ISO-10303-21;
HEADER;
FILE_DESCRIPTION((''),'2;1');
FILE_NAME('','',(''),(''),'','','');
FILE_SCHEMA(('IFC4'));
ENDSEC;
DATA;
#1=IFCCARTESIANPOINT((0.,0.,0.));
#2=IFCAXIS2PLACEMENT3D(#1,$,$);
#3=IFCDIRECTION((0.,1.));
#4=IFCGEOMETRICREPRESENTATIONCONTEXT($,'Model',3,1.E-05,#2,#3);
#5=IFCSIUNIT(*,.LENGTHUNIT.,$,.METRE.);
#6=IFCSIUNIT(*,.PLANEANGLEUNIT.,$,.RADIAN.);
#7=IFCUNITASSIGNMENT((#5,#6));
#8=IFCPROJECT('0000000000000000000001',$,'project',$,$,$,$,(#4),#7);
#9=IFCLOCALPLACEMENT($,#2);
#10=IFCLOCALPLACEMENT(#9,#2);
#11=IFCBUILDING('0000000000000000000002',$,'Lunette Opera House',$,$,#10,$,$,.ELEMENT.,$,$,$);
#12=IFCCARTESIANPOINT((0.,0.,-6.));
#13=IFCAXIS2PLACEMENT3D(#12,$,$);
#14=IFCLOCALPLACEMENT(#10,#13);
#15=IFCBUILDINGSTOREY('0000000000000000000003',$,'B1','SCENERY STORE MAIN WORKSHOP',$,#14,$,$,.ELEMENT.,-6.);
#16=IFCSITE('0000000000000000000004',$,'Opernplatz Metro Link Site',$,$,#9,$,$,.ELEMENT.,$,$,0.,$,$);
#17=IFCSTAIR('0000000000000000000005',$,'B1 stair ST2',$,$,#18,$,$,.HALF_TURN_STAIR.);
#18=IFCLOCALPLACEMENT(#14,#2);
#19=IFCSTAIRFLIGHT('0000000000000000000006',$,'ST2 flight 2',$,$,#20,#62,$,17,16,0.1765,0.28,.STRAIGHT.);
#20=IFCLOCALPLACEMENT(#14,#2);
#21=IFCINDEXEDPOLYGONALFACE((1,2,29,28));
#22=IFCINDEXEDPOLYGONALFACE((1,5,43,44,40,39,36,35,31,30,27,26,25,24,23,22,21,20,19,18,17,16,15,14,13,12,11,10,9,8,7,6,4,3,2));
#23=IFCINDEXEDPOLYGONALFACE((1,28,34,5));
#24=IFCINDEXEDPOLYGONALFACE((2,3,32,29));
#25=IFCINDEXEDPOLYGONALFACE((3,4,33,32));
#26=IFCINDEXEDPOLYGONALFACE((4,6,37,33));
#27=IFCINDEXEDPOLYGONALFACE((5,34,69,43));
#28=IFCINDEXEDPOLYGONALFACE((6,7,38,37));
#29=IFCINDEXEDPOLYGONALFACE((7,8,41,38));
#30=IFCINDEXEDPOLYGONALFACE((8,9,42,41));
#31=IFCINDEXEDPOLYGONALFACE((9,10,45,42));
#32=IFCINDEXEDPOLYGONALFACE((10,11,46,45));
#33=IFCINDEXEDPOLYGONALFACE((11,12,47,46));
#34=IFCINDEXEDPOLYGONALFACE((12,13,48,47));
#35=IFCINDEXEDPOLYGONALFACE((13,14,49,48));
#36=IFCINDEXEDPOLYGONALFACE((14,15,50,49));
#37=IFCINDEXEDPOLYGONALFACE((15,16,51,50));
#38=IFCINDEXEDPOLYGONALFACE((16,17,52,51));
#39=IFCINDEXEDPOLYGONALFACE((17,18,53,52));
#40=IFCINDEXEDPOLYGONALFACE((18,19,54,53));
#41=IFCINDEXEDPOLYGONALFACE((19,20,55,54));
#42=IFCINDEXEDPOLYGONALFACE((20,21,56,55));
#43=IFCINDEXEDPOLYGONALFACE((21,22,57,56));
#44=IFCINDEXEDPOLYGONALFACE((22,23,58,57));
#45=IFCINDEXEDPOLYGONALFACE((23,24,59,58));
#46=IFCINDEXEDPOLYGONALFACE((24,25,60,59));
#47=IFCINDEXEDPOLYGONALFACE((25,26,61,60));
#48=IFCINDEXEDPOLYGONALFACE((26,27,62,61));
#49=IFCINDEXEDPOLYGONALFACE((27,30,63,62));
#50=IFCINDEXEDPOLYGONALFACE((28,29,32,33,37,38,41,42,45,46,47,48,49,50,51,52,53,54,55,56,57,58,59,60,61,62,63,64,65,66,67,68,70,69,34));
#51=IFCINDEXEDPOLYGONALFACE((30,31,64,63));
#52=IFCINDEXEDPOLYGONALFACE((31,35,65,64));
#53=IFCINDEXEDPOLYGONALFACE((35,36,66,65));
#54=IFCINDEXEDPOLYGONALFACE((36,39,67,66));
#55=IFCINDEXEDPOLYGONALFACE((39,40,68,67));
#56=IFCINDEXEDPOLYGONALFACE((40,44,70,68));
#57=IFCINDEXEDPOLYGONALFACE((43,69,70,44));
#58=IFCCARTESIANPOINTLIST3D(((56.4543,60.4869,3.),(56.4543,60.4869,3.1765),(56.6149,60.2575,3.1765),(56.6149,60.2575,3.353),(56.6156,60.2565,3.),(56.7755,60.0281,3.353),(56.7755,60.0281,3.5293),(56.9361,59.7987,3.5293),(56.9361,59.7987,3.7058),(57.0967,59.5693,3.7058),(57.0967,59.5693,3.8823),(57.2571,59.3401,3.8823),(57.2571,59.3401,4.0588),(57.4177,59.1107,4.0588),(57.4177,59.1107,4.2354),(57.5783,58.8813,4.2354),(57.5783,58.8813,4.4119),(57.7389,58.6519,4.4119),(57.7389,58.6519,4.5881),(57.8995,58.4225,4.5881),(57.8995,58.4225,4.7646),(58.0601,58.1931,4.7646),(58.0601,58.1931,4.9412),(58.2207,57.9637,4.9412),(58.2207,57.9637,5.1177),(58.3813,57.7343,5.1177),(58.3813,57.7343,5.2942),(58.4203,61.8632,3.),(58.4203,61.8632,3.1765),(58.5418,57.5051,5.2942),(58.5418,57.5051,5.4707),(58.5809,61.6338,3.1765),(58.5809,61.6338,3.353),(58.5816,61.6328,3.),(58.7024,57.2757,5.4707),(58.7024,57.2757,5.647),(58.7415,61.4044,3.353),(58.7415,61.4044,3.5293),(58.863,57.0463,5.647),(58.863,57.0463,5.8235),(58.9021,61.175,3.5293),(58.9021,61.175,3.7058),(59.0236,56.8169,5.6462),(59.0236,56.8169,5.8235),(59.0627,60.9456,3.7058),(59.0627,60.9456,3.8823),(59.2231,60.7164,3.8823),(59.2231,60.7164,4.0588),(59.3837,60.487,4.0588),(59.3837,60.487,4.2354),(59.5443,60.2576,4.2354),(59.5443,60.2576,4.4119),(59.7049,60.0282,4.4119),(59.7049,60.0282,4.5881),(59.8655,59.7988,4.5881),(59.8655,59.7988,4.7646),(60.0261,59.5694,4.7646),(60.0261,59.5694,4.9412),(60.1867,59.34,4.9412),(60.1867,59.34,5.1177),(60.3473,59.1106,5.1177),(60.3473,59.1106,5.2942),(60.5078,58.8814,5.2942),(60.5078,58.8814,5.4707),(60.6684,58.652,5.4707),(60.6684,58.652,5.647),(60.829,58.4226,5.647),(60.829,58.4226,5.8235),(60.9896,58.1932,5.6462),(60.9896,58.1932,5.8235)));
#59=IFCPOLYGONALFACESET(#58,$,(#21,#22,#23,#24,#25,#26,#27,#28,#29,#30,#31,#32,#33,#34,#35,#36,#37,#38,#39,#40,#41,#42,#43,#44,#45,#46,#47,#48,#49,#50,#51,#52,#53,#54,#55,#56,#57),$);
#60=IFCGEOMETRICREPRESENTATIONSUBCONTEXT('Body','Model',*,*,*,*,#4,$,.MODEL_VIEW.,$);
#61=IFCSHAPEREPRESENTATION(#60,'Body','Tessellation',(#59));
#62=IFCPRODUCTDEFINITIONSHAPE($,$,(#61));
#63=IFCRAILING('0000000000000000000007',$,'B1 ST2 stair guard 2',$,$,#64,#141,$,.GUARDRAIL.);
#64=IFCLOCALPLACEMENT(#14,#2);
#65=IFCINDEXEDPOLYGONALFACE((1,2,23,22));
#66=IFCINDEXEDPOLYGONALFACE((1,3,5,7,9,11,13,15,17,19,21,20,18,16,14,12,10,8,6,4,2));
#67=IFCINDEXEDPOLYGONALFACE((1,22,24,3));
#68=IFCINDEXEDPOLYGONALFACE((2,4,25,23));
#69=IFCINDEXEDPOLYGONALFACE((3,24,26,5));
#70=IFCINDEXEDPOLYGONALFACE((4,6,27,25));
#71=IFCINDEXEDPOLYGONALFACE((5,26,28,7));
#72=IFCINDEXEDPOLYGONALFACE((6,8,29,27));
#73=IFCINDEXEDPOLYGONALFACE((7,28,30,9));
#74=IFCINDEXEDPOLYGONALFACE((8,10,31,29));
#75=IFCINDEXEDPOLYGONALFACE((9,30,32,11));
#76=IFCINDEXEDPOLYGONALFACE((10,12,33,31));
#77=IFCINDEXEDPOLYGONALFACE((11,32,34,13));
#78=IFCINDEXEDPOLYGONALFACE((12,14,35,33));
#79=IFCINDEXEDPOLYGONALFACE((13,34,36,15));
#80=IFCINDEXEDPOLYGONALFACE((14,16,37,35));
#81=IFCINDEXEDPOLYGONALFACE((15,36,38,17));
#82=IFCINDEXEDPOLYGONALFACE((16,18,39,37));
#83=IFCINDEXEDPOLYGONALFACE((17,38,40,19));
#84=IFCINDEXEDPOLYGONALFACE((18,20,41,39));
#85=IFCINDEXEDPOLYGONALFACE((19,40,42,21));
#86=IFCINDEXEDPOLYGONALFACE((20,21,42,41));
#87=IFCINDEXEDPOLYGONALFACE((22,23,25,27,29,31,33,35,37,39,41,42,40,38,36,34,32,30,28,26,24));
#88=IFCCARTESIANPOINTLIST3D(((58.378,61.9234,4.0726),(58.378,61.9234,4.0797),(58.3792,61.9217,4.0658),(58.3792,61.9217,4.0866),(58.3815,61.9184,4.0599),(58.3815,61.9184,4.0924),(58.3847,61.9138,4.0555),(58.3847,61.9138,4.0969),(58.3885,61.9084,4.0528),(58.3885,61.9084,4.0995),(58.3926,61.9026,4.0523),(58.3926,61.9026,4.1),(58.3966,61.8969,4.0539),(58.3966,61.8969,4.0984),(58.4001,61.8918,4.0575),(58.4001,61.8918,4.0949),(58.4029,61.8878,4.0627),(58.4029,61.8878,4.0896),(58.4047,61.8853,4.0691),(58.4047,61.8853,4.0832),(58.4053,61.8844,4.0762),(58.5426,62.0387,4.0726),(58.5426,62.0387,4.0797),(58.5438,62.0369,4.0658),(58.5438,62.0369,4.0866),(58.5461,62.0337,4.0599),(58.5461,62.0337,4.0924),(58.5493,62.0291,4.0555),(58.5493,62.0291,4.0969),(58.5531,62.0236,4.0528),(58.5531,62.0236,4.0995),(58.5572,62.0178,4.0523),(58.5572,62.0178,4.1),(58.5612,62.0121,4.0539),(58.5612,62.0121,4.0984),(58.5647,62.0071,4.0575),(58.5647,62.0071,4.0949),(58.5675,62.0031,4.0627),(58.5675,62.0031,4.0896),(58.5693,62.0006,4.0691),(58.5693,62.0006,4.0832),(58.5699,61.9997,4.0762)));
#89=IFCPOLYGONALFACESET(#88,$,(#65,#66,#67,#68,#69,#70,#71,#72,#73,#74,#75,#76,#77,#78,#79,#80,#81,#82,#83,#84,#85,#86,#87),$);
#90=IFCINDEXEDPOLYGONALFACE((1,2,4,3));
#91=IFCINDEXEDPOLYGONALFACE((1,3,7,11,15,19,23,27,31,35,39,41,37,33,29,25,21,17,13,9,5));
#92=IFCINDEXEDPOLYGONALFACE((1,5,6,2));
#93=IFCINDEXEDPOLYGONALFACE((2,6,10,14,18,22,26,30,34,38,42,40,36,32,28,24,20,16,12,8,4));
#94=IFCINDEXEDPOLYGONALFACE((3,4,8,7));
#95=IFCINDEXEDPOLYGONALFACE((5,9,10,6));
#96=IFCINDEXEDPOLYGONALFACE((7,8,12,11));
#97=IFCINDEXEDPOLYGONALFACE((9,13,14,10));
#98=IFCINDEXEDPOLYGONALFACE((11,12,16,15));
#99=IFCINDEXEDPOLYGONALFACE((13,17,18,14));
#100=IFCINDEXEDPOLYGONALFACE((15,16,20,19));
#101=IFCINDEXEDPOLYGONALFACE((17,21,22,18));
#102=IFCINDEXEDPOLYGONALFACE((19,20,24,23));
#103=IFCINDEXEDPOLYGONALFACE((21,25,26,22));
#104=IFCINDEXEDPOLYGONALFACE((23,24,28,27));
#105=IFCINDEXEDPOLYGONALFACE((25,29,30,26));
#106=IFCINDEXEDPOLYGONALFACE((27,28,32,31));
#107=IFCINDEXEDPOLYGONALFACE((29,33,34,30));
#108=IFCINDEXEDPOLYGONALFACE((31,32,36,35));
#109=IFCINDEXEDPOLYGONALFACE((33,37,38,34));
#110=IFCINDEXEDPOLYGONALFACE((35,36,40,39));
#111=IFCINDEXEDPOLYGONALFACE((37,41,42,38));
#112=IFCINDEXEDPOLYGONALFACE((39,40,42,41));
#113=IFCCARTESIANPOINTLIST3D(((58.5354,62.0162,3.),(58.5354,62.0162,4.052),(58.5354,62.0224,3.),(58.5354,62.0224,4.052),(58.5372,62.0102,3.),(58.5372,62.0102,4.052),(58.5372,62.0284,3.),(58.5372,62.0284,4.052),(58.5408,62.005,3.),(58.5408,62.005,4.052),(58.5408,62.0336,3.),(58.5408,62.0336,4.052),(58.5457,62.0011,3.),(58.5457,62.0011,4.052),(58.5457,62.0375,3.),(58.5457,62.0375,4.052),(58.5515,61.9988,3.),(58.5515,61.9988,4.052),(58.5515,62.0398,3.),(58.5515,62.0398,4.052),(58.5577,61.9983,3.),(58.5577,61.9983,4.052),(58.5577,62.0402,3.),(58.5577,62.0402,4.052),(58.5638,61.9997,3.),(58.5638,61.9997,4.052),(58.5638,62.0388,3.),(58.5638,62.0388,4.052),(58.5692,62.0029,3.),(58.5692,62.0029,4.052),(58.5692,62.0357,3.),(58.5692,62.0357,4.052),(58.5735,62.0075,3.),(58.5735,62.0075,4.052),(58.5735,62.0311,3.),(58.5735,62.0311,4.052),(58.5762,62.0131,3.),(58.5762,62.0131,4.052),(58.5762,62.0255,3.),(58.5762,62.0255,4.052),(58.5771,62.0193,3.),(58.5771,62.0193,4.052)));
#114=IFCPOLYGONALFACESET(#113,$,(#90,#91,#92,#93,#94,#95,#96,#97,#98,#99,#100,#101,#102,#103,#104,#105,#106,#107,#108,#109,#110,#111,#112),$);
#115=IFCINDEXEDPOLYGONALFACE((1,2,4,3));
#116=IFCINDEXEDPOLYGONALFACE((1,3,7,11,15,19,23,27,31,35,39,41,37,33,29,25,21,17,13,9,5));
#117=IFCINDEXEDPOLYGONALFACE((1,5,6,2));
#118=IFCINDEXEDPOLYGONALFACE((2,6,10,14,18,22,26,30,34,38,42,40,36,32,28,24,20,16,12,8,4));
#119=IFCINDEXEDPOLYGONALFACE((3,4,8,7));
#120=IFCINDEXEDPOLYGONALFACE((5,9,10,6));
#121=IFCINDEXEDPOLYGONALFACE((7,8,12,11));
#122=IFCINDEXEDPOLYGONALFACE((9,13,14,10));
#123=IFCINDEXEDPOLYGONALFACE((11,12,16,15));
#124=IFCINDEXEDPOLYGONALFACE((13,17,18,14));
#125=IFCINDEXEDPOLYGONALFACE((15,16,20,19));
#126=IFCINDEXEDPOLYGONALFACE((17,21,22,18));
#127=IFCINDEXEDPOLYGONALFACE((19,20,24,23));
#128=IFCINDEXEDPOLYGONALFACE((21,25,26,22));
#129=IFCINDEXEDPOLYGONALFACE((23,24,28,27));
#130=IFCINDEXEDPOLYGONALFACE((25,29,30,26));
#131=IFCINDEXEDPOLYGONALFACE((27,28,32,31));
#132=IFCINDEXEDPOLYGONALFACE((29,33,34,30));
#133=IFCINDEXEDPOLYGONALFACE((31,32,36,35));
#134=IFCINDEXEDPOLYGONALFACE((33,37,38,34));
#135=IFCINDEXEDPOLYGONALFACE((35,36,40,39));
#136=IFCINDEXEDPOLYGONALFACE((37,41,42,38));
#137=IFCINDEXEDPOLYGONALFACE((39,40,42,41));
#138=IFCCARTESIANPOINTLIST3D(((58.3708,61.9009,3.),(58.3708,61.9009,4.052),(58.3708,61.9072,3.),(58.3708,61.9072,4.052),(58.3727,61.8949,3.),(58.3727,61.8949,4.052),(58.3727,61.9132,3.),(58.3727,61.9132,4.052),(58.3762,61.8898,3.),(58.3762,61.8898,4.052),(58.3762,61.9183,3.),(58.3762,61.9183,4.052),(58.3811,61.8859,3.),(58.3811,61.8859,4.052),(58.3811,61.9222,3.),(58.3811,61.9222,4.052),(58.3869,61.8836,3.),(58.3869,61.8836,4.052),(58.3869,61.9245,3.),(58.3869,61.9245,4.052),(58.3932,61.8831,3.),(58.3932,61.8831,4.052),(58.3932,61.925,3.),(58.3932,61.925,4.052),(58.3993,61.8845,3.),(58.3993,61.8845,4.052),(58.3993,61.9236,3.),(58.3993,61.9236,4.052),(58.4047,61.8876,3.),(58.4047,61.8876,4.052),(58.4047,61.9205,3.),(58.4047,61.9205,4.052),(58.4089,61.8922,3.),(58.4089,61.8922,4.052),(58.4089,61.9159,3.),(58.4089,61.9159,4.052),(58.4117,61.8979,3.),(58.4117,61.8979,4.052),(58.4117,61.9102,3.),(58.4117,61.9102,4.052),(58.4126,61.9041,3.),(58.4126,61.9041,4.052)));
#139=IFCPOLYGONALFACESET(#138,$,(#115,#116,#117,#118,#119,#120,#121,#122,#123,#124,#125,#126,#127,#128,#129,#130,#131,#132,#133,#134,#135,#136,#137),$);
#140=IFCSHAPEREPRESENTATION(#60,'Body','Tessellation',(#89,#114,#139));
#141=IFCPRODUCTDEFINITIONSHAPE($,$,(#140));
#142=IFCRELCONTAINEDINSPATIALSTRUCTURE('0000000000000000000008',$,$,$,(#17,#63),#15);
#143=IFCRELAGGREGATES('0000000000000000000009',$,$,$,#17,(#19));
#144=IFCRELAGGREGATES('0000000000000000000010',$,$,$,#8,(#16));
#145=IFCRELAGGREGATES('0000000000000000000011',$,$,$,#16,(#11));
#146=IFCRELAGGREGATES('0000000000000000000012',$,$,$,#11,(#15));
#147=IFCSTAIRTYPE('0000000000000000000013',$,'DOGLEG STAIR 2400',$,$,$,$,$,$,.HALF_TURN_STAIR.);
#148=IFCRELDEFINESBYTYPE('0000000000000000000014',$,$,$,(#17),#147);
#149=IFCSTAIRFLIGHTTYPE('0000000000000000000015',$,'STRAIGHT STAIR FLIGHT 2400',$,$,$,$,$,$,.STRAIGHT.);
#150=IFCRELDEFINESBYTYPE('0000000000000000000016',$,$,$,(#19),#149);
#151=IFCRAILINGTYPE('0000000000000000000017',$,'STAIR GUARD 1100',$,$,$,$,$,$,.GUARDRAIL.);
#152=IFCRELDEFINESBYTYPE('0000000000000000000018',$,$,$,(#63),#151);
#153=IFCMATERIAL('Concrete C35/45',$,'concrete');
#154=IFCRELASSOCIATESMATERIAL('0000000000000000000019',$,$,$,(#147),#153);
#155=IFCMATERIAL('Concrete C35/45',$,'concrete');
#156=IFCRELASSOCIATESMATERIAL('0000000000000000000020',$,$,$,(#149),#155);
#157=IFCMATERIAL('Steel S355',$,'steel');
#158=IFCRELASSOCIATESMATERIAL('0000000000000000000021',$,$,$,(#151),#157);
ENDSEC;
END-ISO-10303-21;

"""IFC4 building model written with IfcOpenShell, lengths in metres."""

from ifc_helpers import new_model, si_unit, direction, frame, origin, origin_2d, place, context, subcontext, project, spatial, polyline, circle, outline, extrude, material, type_object, element, aggregate, save


model = new_model("IFC4")

# Units and contexts
model_context = context("Model", 3, precision=1e-05, world=origin(), true_north=direction((0.0, 1.0)))
body_context = subcontext(model_context, "Body", "Model", "MODEL_VIEW")
ifc_project = project(units=[si_unit("LENGTHUNIT", "METRE"), si_unit("PLANEANGLEUNIT", "RADIAN")], contexts=[model_context])

# Site, building, storey
site_placement = place(None, origin())
site = spatial("IfcSite", under=ifc_project, at=site_placement, Name="Opernplatz Metro Link Site", CompositionType="ELEMENT", RefElevation=0.0)
building_placement = place(site_placement, origin())
building = spatial("IfcBuilding", under=site, at=building_placement, Name="Lunette Opera House", CompositionType="ELEMENT")
storey_placement = place(building_placement, frame((0.0, 0.0, -6.0)))
storey = spatial("IfcBuildingStorey", under=building, at=storey_placement, Name="B1", Description="SCENERY STORE MAIN WORKSHOP", CompositionType="ELEMENT", Elevation=-6.0)

# Stair, stair flight
ifc_material_1 = material(Name="Concrete C35/45", Category="concrete")
stair_type = type_object("IfcStairType", Name="DOGLEG STAIR 2400", PredefinedType="HALF_TURN_STAIR", material=ifc_material_1)
stair_placement = place(storey_placement, origin())
stair = element("IfcStair", 1, at=stair_placement, inside=storey, type_object=stair_type, Name="B1 stair ST2", PredefinedType="HALF_TURN_STAIR")
ifc_material_2 = material(Name="Concrete C35/45", Category="concrete")
stair_flight_type = type_object("IfcStairFlightType", Name="STRAIGHT STAIR FLIGHT 2400", PredefinedType="STRAIGHT", material=ifc_material_2)
stair_flight_placement = place(storey_placement, frame((57.4373, 61.175, 3.0), z_axis=(0.0, 0.0, 1.0), x_axis=(0.57351, -0.819198, 0.0)))
stair_flight = element("IfcStairFlight", 2, at=stair_flight_placement, type_object=stair_flight_type, Name="ST2 flight 2", NumberOfRisers=17, NumberOfTreads=16, PredefinedType="STRAIGHT", RiserHeight=0.1765, TreadLength=0.28, context=body_context, shape_type="SweptSolid", body=[
    extrude(outline(polyline([(0.0, 0.0), (0.0, 0.1765), (0.28, 0.1765), (0.28, 0.353), (0.5601, 0.353), (0.5601, 0.5293), (0.8401, 0.5293), (0.8401, 0.7058), (1.1201, 0.7058), (1.1201, 0.8823), (1.3999, 0.8823), (1.3999, 1.0588), (1.6799, 1.0588), (1.6799, 1.2354), (1.96, 1.2354), (1.96, 1.4119), (2.24, 1.4119), (2.24, 1.5881), (2.52, 1.5881), (2.52, 1.7646), (2.8, 1.7646), (2.8, 1.9412), (3.0801, 1.9412), (3.0801, 2.1177), (3.3601, 2.1177), (3.3601, 2.2942), (3.6399, 2.2942), (3.6399, 2.4707), (3.9199, 2.4707), (3.9199, 2.647), (4.2, 2.647), (4.2, 2.8235), (4.48, 2.8235), (4.48, 3.0), (4.48, 2.6462), (0.2812, 0.0), (0.0, 0.0)])), frame((0.0, 1.2, 0.0), z_axis=(0.0, -1.0, 0.0), x_axis=(1.0, 0.0, 0.0)), (0.0, 0.0, 1.0), 2.3999),
])
aggregate(stair, [stair_flight])

# Railing
ifc_material_3 = material(Name="Steel S355", Category="steel")
railing_type_1 = type_object("IfcRailingType", Name="STAIR GUARD 1100", PredefinedType="GUARDRAIL", material=ifc_material_3)
railing_1_placement = place(storey_placement, frame((58.5562, 62.0193, 3.0)))
element("IfcRailing", 3, at=railing_1_placement, inside=storey, type_object=railing_type_1, Name="B1 ST2 stair guard 2", PredefinedType="GUARDRAIL", context=body_context, shape_type="SweptSolid", body=[
    extrude(circle(Radius=0.0239, at=origin_2d()), frame((0.0, 0.0, 1.0762), z_axis=(-0.819118, -0.573625, 0.0), x_axis=(0.573625, -0.819118, 0.0)), (0.0, 0.0, 1.0), 0.2009),
    extrude(circle(Radius=0.021, at=origin_2d()), origin(), (0.0, 0.0, 1.0), 1.052),
    extrude(circle(Radius=0.021, at=origin_2d()), frame((-0.1646, -0.1152, 0.0)), (0.0, 0.0, 1.0), 1.052),
])

save(model, "model.ifc")
